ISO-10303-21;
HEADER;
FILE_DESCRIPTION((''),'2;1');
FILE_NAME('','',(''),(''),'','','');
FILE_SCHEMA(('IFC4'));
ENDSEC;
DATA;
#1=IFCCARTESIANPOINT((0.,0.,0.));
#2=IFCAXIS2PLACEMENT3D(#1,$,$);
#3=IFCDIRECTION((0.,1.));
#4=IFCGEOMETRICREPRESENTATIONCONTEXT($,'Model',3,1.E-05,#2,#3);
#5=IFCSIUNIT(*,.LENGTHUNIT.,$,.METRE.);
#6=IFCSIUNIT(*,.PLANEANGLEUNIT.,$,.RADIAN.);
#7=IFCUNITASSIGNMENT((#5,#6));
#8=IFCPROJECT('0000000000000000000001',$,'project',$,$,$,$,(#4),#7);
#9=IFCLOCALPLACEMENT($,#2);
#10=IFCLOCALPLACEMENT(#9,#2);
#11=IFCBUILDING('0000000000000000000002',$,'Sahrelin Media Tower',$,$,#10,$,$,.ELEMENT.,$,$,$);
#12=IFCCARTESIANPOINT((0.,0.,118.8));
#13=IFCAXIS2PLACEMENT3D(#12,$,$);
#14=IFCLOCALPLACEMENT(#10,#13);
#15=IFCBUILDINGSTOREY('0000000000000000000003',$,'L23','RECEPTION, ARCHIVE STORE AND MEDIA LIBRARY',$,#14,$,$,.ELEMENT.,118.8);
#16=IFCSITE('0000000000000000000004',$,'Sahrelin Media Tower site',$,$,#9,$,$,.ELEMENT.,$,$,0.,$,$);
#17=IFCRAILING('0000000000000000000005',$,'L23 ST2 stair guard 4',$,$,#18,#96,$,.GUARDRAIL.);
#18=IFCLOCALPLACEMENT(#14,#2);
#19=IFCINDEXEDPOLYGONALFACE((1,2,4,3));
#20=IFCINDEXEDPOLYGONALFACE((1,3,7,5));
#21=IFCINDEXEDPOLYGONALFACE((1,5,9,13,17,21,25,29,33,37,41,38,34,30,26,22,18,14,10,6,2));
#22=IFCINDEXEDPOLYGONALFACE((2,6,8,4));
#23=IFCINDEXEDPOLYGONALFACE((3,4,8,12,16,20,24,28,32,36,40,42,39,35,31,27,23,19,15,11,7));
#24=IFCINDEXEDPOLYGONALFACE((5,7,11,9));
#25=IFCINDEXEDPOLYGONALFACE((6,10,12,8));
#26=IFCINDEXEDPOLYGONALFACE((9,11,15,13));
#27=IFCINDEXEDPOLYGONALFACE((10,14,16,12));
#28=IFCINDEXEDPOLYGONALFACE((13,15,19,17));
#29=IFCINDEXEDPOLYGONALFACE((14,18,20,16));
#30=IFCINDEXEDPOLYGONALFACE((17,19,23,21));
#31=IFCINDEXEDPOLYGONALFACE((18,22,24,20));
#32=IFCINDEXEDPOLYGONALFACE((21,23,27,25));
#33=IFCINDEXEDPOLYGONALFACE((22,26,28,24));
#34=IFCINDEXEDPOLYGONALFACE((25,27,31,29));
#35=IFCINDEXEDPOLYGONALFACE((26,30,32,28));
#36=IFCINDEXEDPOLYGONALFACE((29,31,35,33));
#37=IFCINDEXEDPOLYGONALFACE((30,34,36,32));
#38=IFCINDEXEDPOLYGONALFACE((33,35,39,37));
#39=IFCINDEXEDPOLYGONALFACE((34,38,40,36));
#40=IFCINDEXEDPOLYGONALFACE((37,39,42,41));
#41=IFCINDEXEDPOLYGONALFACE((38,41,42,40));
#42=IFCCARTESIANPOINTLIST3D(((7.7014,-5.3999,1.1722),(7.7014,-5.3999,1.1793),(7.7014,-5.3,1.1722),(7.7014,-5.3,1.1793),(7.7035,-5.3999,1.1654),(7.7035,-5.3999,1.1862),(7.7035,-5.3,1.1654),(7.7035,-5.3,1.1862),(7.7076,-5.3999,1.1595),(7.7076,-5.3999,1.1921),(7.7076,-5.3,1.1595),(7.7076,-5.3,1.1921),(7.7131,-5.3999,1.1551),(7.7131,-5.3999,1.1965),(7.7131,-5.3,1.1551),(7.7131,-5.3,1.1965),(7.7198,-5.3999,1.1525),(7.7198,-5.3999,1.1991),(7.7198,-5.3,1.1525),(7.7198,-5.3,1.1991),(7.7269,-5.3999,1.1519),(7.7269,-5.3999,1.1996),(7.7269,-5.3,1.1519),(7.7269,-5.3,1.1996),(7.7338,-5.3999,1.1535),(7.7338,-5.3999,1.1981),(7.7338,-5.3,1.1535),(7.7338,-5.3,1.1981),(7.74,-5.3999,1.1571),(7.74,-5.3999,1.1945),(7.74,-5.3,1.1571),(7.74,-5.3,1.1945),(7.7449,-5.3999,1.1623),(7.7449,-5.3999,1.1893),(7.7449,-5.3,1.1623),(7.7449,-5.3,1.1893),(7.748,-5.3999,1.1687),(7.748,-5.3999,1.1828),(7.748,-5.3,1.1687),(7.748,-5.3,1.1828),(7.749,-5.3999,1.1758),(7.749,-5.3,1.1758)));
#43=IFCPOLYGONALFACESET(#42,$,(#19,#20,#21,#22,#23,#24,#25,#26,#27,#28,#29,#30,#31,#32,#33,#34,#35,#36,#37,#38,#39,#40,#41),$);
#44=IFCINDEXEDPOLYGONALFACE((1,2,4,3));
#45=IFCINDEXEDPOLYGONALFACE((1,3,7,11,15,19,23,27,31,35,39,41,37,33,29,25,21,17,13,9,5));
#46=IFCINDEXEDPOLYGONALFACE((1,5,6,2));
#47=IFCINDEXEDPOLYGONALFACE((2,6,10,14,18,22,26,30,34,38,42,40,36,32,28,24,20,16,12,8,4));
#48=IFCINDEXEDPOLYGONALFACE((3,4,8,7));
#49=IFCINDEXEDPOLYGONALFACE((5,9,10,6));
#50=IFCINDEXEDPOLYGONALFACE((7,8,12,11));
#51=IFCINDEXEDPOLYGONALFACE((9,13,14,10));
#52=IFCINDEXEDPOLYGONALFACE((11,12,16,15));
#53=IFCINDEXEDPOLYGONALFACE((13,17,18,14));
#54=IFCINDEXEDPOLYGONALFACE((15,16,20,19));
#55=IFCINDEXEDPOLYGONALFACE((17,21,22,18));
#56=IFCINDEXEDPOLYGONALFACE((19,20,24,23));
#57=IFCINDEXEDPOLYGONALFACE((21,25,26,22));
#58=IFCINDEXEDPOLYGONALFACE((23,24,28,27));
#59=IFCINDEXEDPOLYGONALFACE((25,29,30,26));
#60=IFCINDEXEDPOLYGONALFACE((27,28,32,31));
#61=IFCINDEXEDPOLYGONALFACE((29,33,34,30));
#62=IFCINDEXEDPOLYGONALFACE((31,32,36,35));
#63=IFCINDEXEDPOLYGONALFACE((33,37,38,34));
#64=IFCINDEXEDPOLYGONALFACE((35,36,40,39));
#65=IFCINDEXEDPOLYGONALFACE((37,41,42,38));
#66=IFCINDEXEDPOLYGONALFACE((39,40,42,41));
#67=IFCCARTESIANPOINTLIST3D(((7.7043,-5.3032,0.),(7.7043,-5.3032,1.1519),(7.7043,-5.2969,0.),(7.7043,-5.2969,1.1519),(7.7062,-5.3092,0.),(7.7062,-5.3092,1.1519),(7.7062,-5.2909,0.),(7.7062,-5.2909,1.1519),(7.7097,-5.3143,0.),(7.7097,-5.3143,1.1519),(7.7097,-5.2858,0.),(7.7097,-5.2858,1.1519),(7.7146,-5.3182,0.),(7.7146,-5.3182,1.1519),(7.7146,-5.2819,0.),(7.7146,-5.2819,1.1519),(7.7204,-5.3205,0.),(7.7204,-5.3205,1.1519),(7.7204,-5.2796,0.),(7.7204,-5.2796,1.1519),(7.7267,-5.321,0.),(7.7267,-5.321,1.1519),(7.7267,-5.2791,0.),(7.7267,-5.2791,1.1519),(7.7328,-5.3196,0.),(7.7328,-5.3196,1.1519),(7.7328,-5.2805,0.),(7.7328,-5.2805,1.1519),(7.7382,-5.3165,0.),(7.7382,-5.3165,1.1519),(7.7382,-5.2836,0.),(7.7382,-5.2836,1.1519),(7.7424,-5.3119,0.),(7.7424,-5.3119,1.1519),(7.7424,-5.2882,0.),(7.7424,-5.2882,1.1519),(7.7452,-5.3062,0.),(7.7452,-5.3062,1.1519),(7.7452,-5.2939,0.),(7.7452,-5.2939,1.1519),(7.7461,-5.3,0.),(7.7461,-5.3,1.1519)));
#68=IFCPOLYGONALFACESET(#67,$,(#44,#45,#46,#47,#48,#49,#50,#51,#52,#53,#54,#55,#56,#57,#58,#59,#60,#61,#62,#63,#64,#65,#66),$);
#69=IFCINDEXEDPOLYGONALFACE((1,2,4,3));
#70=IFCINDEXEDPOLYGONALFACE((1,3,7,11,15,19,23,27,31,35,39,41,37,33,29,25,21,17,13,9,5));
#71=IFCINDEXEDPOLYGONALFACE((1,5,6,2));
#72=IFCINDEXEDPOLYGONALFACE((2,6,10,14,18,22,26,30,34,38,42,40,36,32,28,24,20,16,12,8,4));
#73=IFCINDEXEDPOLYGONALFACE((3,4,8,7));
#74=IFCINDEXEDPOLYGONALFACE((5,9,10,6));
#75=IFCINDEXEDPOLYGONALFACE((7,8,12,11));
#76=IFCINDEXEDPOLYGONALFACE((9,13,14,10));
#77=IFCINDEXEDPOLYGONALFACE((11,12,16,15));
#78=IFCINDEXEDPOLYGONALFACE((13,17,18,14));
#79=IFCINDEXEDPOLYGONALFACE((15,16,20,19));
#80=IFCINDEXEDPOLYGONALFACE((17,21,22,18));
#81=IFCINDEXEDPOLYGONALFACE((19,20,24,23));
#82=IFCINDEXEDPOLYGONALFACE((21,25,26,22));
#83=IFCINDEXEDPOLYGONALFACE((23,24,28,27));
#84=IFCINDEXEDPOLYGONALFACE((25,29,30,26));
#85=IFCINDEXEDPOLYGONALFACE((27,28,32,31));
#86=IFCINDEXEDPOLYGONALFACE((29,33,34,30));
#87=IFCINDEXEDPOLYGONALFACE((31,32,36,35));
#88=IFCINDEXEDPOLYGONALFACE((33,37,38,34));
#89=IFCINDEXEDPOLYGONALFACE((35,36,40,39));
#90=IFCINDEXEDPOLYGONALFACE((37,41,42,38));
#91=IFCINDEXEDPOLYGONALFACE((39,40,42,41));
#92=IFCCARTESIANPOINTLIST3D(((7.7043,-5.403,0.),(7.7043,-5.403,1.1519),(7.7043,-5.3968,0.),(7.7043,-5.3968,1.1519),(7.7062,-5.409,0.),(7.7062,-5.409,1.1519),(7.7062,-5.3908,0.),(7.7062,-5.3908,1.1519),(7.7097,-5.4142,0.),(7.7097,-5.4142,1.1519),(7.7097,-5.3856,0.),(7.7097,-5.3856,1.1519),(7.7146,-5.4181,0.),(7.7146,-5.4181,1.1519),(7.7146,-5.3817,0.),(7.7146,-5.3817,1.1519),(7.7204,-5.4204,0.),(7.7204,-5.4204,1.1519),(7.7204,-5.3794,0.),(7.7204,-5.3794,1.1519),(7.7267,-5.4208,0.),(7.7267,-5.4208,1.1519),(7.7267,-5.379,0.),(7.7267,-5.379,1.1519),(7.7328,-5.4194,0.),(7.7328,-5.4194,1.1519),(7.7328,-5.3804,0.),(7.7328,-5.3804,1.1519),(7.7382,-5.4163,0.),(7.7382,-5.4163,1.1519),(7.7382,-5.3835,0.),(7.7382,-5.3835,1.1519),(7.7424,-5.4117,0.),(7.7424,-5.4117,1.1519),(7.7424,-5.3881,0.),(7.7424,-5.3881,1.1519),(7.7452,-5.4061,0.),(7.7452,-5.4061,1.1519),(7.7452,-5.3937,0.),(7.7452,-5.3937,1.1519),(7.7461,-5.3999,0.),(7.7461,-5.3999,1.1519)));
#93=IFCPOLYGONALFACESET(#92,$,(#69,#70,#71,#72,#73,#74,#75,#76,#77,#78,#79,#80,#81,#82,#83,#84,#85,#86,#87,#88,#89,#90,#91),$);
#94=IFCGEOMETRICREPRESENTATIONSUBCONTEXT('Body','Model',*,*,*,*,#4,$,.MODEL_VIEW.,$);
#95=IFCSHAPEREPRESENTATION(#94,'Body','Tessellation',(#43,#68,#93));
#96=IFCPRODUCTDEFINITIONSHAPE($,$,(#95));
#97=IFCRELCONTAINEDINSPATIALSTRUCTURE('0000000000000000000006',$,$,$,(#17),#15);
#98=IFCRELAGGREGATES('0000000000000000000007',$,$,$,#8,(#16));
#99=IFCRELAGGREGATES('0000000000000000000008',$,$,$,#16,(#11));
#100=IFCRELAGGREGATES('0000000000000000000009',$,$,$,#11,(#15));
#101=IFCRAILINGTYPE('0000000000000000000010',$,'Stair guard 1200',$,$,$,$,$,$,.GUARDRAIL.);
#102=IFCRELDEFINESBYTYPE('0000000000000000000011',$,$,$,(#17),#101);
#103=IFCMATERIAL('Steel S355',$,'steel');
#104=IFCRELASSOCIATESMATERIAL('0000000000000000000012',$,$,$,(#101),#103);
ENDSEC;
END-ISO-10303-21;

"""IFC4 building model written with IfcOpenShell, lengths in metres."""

from ifc_helpers import new_model, si_unit, direction, frame, origin, origin_2d, place, context, subcontext, project, spatial, circle, extrude, material, type_object, element, save


model = new_model("IFC4")

# Units and contexts
model_context = context("Model", 3, precision=1e-05, world=origin(), true_north=direction((0.0, 1.0)))
body_context = subcontext(model_context, "Body", "Model", "MODEL_VIEW")
ifc_project = project(units=[si_unit("LENGTHUNIT", "METRE"), si_unit("PLANEANGLEUNIT", "RADIAN")], contexts=[model_context])

# Site, building, storey
site_placement = place(None, origin())
site = spatial("IfcSite", under=ifc_project, at=site_placement, Name="Sahrelin Media Tower site", CompositionType="ELEMENT", RefElevation=0.0)
building_placement = place(site_placement, origin())
building = spatial("IfcBuilding", under=site, at=building_placement, Name="Sahrelin Media Tower", CompositionType="ELEMENT")
storey_placement = place(building_placement, frame((0.0, 0.0, 118.8)))
storey = spatial("IfcBuildingStorey", under=building, at=storey_placement, Name="L23", Description="RECEPTION, ARCHIVE STORE AND MEDIA LIBRARY", CompositionType="ELEMENT", Elevation=118.8)

# Shared definitions
ifc_material_1 = material(Name="Steel S355", Category="steel")

# Railing
railing_type_1 = type_object("IfcRailingType", Name="Stair guard 1200", PredefinedType="GUARDRAIL", material=ifc_material_1)
railing_1_placement = place(storey_placement, frame((7.7251, -5.3, 0.0)))
element("IfcRailing", 1, at=railing_1_placement, inside=storey, type_object=railing_type_1, Name="L23 ST2 stair guard 4", PredefinedType="GUARDRAIL", context=body_context, shape_type="SweptSolid", body=[
    extrude(circle(Radius=0.0239, at=origin_2d()), frame((0.0, 0.0, 1.1758), z_axis=(0.0, -1.0, 0.0), x_axis=(1.0, 0.0, 0.0)), (0.0, 0.0, 1.0), 0.0999),
    extrude(circle(Radius=0.021, at=origin_2d()), origin(), (0.0, 0.0, 1.0), 1.1519),
    extrude(circle(Radius=0.021, at=origin_2d()), frame((0.0, -0.0999, 0.0)), (0.0, 0.0, 1.0), 1.1519),
])

save(model, "model.ifc")
